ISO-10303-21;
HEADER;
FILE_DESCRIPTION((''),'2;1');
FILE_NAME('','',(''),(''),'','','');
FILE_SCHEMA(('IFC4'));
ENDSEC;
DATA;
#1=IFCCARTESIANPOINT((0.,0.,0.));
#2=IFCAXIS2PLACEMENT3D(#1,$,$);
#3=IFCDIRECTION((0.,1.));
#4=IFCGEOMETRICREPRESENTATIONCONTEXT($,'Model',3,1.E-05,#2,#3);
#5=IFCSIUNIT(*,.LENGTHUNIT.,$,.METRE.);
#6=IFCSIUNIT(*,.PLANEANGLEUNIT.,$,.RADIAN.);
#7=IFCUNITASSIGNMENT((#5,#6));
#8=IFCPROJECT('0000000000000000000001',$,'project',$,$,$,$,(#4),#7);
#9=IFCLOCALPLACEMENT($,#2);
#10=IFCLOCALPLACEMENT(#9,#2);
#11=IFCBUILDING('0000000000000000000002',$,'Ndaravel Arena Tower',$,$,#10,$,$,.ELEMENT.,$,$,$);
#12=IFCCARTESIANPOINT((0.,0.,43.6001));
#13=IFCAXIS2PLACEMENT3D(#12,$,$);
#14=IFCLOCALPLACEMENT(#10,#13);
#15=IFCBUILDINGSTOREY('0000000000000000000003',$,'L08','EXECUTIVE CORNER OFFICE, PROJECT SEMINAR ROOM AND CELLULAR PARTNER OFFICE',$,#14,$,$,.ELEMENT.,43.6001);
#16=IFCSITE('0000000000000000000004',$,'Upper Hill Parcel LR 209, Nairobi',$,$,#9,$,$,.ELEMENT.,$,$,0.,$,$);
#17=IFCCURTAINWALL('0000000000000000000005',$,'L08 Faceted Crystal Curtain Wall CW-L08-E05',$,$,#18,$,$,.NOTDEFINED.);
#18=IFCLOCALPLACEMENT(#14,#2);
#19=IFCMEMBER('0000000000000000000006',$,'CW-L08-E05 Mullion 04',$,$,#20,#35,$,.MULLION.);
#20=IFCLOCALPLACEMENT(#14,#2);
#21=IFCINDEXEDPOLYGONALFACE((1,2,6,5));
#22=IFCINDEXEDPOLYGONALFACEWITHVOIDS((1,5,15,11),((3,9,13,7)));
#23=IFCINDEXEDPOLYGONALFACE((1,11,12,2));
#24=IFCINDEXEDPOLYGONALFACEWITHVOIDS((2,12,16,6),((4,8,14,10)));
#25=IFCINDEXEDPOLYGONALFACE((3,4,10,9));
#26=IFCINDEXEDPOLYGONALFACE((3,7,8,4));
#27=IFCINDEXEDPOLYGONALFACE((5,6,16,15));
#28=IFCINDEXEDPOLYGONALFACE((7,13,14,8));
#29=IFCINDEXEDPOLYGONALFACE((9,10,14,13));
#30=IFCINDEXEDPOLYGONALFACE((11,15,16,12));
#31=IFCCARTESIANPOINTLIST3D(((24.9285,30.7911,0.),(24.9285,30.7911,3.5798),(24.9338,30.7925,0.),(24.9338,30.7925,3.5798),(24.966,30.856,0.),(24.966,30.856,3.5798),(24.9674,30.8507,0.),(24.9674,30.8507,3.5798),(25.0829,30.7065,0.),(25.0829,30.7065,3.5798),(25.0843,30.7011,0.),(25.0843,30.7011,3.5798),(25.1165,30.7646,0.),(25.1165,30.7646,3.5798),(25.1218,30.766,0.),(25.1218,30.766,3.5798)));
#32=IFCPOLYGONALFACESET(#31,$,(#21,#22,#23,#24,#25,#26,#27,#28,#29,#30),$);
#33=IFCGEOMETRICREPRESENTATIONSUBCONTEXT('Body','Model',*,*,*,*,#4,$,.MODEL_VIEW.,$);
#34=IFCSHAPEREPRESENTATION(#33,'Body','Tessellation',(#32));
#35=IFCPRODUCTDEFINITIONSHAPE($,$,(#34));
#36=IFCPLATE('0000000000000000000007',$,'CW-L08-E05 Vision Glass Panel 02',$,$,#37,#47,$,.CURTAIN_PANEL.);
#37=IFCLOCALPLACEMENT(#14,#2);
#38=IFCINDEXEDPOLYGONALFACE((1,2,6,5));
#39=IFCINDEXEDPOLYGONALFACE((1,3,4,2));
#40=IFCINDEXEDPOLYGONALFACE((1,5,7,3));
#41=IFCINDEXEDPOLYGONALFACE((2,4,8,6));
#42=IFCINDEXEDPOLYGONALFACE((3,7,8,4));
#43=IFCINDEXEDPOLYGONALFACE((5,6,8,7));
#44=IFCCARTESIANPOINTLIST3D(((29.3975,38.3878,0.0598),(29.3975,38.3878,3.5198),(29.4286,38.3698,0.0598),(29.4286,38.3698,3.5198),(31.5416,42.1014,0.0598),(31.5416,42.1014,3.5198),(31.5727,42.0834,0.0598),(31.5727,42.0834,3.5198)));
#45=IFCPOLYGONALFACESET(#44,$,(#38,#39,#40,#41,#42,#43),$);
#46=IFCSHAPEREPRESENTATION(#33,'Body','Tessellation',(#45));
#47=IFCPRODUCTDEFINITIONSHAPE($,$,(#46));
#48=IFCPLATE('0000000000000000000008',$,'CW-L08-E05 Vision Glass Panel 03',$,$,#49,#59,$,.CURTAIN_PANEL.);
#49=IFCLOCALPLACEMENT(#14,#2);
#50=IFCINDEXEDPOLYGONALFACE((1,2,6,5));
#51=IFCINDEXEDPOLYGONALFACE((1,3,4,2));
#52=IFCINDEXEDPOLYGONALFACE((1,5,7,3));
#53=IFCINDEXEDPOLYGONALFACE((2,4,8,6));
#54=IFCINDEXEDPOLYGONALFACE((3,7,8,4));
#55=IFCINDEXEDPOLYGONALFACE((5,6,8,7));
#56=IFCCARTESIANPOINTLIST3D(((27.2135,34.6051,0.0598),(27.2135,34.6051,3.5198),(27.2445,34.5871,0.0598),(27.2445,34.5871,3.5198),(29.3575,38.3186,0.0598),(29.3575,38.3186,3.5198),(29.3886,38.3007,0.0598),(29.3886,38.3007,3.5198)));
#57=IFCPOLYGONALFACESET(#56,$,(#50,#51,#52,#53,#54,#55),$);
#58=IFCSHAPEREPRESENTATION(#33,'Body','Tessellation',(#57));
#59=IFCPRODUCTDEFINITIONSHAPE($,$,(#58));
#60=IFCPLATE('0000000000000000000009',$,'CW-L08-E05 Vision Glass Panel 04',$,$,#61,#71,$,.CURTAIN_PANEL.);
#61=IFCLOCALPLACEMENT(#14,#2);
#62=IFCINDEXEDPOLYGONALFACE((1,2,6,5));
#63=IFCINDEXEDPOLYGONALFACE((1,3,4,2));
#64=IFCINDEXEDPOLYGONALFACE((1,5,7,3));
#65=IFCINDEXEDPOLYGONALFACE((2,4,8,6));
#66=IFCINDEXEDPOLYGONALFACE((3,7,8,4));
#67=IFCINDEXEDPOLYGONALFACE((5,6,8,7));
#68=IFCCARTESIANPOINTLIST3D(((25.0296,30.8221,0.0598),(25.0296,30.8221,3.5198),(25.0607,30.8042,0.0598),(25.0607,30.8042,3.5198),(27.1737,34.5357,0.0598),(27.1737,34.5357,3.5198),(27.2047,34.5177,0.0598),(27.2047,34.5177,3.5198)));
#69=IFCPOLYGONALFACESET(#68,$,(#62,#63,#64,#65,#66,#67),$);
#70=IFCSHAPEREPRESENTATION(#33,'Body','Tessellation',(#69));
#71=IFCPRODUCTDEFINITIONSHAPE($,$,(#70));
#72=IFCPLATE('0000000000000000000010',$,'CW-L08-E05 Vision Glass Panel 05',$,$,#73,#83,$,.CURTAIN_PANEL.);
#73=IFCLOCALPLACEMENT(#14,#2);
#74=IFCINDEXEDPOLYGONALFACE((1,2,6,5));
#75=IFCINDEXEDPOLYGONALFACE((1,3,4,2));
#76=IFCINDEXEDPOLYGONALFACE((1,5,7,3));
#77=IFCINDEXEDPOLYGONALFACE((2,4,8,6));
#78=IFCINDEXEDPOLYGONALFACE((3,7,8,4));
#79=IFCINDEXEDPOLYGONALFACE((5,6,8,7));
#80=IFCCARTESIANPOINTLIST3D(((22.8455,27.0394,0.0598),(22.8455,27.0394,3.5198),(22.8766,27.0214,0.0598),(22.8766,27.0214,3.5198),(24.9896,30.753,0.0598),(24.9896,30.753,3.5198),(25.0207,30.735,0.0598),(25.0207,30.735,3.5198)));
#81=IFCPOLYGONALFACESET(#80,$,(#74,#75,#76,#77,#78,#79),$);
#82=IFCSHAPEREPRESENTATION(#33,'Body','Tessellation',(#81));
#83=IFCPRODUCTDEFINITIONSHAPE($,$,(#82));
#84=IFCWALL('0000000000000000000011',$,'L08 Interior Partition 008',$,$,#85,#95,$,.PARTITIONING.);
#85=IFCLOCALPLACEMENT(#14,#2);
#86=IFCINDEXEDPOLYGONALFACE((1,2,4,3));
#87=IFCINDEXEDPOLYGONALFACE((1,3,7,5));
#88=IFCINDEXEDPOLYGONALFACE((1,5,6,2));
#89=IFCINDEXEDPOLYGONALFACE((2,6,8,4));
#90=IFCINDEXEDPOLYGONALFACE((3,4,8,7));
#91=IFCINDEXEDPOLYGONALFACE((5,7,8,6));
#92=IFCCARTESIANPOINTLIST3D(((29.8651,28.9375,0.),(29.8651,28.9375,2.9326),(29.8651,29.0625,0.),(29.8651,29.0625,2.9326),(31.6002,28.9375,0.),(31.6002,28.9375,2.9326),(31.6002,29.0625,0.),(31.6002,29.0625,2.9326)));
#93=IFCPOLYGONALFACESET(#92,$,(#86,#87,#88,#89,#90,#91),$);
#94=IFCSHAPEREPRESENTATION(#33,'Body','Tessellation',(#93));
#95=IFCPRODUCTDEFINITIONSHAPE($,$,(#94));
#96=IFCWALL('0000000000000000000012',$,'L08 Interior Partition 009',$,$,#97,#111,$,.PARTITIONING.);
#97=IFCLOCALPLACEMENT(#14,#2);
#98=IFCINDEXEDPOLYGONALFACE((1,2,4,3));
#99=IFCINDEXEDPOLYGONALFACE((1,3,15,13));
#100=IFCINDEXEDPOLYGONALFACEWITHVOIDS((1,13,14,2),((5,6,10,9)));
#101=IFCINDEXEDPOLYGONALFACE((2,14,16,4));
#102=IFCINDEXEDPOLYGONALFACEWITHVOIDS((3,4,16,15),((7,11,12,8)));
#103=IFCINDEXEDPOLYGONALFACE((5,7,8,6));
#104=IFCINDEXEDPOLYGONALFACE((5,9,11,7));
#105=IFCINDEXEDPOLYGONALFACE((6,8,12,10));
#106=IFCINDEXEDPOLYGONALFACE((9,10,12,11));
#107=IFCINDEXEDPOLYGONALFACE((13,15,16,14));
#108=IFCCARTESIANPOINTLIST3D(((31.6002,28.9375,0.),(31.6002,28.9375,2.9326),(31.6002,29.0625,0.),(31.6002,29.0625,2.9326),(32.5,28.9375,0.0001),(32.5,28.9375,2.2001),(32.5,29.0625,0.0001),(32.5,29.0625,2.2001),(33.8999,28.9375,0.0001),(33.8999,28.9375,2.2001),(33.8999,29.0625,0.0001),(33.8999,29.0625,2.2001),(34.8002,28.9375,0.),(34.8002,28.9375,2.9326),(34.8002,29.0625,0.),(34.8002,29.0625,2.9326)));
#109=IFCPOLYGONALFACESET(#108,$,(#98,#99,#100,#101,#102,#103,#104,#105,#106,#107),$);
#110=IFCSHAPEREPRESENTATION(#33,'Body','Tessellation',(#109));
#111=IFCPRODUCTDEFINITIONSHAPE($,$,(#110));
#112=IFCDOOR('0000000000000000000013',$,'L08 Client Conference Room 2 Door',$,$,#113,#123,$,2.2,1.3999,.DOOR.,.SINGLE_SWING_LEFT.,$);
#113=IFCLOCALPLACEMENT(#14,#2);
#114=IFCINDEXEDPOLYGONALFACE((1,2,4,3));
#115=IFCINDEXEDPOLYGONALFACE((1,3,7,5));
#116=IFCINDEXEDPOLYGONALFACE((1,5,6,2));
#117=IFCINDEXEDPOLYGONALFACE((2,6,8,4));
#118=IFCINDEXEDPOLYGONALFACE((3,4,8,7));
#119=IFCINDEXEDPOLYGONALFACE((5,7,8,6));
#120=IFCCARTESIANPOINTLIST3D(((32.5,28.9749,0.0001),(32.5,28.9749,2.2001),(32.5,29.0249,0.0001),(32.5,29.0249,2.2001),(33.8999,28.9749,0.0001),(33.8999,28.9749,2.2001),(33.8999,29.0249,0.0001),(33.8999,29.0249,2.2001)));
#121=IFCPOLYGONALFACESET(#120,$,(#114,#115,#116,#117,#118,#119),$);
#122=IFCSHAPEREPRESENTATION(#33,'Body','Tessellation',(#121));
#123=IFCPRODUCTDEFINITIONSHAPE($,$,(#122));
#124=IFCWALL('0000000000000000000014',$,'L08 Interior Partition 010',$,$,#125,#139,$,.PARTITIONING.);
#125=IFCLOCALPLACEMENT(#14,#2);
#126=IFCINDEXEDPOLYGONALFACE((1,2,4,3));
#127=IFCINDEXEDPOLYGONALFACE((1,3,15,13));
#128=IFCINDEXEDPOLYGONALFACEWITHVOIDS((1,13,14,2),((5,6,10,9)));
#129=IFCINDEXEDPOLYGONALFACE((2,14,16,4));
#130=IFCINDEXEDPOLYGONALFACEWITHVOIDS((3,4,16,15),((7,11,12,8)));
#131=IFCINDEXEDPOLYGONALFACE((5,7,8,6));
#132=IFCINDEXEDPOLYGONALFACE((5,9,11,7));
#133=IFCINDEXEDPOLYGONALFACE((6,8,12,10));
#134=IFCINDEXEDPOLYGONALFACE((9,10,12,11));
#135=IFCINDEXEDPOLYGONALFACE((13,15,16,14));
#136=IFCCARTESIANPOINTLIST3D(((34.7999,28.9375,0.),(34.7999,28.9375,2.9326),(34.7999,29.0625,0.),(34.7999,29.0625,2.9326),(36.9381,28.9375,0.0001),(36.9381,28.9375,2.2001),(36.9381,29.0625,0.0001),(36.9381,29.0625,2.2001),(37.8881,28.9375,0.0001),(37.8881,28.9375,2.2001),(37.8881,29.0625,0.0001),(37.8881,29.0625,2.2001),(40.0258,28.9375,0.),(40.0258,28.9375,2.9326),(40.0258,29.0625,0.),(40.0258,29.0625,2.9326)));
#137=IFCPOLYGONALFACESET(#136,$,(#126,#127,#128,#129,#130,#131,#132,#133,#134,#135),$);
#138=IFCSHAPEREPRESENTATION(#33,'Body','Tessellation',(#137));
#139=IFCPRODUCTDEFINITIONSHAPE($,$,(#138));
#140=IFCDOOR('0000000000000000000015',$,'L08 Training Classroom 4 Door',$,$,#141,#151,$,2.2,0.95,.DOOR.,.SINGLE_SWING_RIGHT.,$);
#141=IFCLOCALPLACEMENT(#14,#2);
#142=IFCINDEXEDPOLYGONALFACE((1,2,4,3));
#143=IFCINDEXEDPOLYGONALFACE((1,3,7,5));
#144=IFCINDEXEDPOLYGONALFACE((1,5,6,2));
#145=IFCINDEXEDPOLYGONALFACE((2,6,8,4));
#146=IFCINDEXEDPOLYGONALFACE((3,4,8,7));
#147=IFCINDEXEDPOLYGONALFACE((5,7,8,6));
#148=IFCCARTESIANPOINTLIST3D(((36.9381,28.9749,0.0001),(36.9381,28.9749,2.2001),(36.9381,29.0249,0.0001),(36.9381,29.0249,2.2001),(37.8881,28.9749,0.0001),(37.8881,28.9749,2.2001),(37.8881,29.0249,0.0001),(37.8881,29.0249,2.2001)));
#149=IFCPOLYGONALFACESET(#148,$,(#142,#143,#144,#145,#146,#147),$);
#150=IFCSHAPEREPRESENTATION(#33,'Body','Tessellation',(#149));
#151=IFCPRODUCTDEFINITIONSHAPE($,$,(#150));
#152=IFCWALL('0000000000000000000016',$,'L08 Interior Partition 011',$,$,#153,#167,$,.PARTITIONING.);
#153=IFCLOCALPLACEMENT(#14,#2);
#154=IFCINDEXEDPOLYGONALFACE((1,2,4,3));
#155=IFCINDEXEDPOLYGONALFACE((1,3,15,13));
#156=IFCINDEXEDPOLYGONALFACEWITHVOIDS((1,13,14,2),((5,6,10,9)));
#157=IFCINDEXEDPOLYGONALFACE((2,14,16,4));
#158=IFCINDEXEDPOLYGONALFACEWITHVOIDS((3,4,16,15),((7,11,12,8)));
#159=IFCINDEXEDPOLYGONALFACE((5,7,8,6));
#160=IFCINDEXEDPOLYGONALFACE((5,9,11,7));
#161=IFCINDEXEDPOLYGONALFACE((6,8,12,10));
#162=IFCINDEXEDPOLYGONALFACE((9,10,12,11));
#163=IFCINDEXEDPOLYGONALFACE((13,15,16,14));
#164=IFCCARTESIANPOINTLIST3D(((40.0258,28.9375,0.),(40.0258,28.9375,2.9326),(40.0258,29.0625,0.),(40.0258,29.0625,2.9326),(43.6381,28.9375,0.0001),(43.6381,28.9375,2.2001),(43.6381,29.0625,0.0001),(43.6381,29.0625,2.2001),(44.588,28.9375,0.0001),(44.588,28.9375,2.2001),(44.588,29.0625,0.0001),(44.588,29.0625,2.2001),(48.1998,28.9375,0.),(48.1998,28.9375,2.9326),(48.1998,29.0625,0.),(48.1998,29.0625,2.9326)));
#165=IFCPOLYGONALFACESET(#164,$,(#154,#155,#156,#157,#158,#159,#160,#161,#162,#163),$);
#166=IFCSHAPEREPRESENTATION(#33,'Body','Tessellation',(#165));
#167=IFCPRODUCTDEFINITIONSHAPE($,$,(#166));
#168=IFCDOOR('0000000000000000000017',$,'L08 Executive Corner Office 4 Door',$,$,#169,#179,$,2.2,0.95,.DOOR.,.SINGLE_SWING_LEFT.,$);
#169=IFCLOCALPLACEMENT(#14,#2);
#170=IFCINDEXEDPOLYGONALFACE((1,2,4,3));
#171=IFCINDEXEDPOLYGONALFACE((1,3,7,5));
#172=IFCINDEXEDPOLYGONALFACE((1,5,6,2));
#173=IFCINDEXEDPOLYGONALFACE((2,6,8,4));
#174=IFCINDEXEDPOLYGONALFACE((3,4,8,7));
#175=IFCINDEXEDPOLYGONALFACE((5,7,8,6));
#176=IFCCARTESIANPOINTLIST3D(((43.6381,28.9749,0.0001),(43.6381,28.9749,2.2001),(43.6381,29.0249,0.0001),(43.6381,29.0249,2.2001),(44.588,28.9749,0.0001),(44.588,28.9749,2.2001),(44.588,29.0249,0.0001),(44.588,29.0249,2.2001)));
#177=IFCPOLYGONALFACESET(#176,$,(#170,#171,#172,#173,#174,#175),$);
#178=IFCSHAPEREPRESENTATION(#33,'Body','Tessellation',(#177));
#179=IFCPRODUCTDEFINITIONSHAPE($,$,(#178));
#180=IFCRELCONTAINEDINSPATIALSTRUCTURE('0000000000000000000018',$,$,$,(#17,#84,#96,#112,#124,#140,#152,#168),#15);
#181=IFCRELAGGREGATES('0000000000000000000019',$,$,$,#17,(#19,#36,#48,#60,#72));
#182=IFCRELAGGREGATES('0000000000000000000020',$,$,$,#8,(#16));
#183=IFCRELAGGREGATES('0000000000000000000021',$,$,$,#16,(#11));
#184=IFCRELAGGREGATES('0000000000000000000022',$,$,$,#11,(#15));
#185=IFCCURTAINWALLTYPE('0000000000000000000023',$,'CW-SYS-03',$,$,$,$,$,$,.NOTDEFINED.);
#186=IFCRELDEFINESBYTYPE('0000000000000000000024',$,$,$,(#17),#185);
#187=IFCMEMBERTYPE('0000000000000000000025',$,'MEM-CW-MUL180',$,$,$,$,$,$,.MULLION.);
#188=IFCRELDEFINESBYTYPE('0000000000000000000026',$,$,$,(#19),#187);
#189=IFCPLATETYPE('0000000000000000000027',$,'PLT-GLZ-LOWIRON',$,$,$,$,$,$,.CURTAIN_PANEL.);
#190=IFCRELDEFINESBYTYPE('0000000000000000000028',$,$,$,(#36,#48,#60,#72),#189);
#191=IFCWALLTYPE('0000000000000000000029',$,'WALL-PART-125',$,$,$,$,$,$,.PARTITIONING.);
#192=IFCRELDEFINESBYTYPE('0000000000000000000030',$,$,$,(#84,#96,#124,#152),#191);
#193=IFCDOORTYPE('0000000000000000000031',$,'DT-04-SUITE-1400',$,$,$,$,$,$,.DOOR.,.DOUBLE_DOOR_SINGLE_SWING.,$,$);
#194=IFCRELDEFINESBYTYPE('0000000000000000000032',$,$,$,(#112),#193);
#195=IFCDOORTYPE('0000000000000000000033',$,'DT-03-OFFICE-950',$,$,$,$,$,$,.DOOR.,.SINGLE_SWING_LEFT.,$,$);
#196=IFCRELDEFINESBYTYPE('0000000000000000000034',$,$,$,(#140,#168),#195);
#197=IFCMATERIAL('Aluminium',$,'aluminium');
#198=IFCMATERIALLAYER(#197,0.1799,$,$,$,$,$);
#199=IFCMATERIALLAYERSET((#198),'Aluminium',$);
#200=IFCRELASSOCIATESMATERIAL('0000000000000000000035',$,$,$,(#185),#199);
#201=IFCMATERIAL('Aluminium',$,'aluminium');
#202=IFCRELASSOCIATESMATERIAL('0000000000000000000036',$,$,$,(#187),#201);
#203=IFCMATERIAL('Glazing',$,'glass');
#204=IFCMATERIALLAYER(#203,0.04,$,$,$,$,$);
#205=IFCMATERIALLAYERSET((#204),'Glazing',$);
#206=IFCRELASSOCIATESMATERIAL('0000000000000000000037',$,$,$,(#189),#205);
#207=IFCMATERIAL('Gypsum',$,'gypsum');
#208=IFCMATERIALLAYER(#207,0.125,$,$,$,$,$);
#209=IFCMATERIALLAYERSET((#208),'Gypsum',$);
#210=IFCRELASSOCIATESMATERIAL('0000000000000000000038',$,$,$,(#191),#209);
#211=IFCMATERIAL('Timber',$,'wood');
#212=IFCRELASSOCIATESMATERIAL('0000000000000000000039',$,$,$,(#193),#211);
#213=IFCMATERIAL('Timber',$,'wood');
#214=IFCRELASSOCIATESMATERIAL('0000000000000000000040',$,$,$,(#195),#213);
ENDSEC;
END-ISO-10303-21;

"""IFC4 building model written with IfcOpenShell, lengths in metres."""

from ifc_helpers import new_model, si_unit, direction, frame, frame_2d, origin, origin_2d, place, context, subcontext, project, spatial, rectangle, hollow_rectangle, extrude, material, layer, layer_set, material_profile, profile_set, type_object, element, fill, aggregate, save


model = new_model("IFC4")

# Units and contexts
model_context = context("Model", 3, precision=1e-05, world=origin(), true_north=direction((0.0, 1.0)))
body_context = subcontext(model_context, "Body", "Model", "MODEL_VIEW")
ifc_project = project(units=[si_unit("LENGTHUNIT", "METRE"), si_unit("PLANEANGLEUNIT", "RADIAN")], contexts=[model_context])

# Site, building, storey
site_placement = place(None, origin())
site = spatial("IfcSite", under=ifc_project, at=site_placement, Name="Upper Hill Parcel LR 209, Nairobi", CompositionType="ELEMENT", RefElevation=0.0)
building_placement = place(site_placement, origin())
building = spatial("IfcBuilding", under=site, at=building_placement, Name="Ndaravel Arena Tower", CompositionType="ELEMENT")
storey_placement = place(building_placement, frame((0.0, 0.0, 43.6001)))
storey = spatial("IfcBuildingStorey", under=building, at=storey_placement, Name="L08", Description="EXECUTIVE CORNER OFFICE, PROJECT SEMINAR ROOM AND CELLULAR PARTNER OFFICE", CompositionType="ELEMENT", Elevation=43.6001)

# Curtain wall, member, plates
ifc_material_1 = material(Name="Aluminium", Category="aluminium")
ifc_layer_1 = layer(ifc_material_1, 0.1799)
ifc_layer_set_1 = layer_set([ifc_layer_1], Name="Aluminium")
curtain_wall_type = type_object("IfcCurtainWallType", Name="CW-SYS-03", PredefinedType="NOTDEFINED", material=ifc_layer_set_1)
curtain_wall_placement = place(storey_placement, origin())
curtain_wall = element("IfcCurtainWall", 1, at=curtain_wall_placement, inside=storey, type_object=curtain_wall_type, Name="L08 Faceted Crystal Curtain Wall CW-L08-E05", PredefinedType="NOTDEFINED")
ifc_material_2 = material(Name="Aluminium", Category="aluminium")
ifc_material_profile_1 = material_profile(ifc_material_2, hollow_rectangle(XDim=0.075, YDim=0.1799, WallThickness=0.0039, at=origin_2d()), Name="CW MULLION 75x180x4")
ifc_profile_set_1 = profile_set([ifc_material_profile_1], Name="Aluminium")
member_type = type_object("IfcMemberType", Name="MEM-CW-MUL180", PredefinedType="MULLION", material=ifc_profile_set_1)
member_1_placement = place(storey_placement, frame((25.0251, 30.7786, 0.0), z_axis=(0.0, 0.0, 1.0), x_axis=(-0.5, -0.866025, 0.0)))
member_1 = element("IfcMember", 2, at=member_1_placement, type_object=member_type, Name="CW-L08-E05 Mullion 04", PredefinedType="MULLION", context=body_context, shape_type="SweptSolid", body=[
    extrude(hollow_rectangle(XDim=0.075, YDim=0.1799, WallThickness=0.0039, at=origin_2d()), origin(), (0.0, 0.0, 1.0), 3.5798),
])
ifc_material_3 = material(Name="Glazing", Category="glass")
ifc_layer_2 = layer(ifc_material_3, 0.04)
ifc_layer_set_2 = layer_set([ifc_layer_2], Name="Glazing")
plate_type = type_object("IfcPlateType", Name="PLT-GLZ-LOWIRON", PredefinedType="CURTAIN_PANEL", material=ifc_layer_set_2)
plate_1_placement = place(storey_placement, frame((30.4851, 40.2356, 0.0598), z_axis=(0.0, 0.0, 1.0), x_axis=(-0.5, -0.866025, 0.0)))
plate_1 = element("IfcPlate", 3, at=plate_1_placement, type_object=plate_type, Name="CW-L08-E05 Vision Glass Panel 02", PredefinedType="CURTAIN_PANEL", context=body_context, shape_type="SweptSolid", body=[
    extrude(rectangle(XDim=4.2881, YDim=0.0359, at=origin_2d()), origin(), (0.0, 0.0, 1.0), 3.46),
])
plate_2_placement = place(storey_placement, frame((28.301, 36.4529, 0.0598), z_axis=(0.0, 0.0, 1.0), x_axis=(-0.5, -0.866025, 0.0)))
plate_2 = element("IfcPlate", 4, at=plate_2_placement, type_object=plate_type, Name="CW-L08-E05 Vision Glass Panel 03", PredefinedType="CURTAIN_PANEL", context=body_context, shape_type="SweptSolid", body=[
    extrude(rectangle(XDim=4.2881, YDim=0.0359, at=origin_2d()), origin(), (0.0, 0.0, 1.0), 3.46),
])
plate_3_placement = place(storey_placement, frame((26.1172, 32.6699, 0.0598), z_axis=(0.0, 0.0, 1.0), x_axis=(-0.5, -0.866025, 0.0)))
plate_3 = element("IfcPlate", 5, at=plate_3_placement, type_object=plate_type, Name="CW-L08-E05 Vision Glass Panel 04", PredefinedType="CURTAIN_PANEL", context=body_context, shape_type="SweptSolid", body=[
    extrude(rectangle(XDim=4.2881, YDim=0.0359, at=origin_2d()), origin(), (0.0, 0.0, 1.0), 3.46),
])
plate_4_placement = place(storey_placement, frame((23.9331, 28.8872, 0.0598), z_axis=(0.0, 0.0, 1.0), x_axis=(-0.5, -0.866025, 0.0)))
plate_4 = element("IfcPlate", 6, at=plate_4_placement, type_object=plate_type, Name="CW-L08-E05 Vision Glass Panel 05", PredefinedType="CURTAIN_PANEL", context=body_context, shape_type="SweptSolid", body=[
    extrude(rectangle(XDim=4.2881, YDim=0.0359, at=origin_2d()), origin(), (0.0, 0.0, 1.0), 3.46),
])
aggregate(curtain_wall, [member_1, plate_1, plate_2, plate_3, plate_4])

# Wall
ifc_material_4 = material(Name="Gypsum", Category="gypsum")
ifc_layer_3 = layer(ifc_material_4, 0.125)
ifc_layer_set_3 = layer_set([ifc_layer_3], Name="Gypsum")
wall_type_1 = type_object("IfcWallType", Name="WALL-PART-125", PredefinedType="PARTITIONING", material=ifc_layer_set_3)
wall_1_placement = place(storey_placement, frame((29.865, 29.0, 0.0), z_axis=(0.0, 0.0, 1.0), x_axis=(1.0, 0.0, 0.0)))
element("IfcWall", 7, at=wall_1_placement, inside=storey, type_object=wall_type_1, Name="L08 Interior Partition 008", PredefinedType="PARTITIONING", context=body_context, shape_type="SweptSolid", body=[
    extrude(rectangle(XDim=1.7351, YDim=0.125, at=frame_2d((0.8677, 0.0))), origin(), (0.0, 0.0, 1.0), 2.9326),
])

# Walls, openings, doors
wall_2_placement = place(storey_placement, frame((31.6001, 29.0, 0.0), z_axis=(0.0, 0.0, 1.0), x_axis=(1.0, 0.0, 0.0)))
wall_2 = element("IfcWall", 8, at=wall_2_placement, inside=storey, type_object=wall_type_1, Name="L08 Interior Partition 009", PredefinedType="PARTITIONING", context=body_context, shape_type="SweptSolid", body=[
    extrude(rectangle(XDim=3.2, YDim=0.125, at=frame_2d((1.6001, 0.0))), origin(), (0.0, 0.0, 1.0), 2.9326),
])
opening_1_placement = place(wall_2_placement, frame((0.8999, 0.0, 0.0)))
opening_1 = element("IfcOpeningElement", 9, at=opening_1_placement, cuts=wall_2, PredefinedType="OPENING", context=body_context, shape_type="SweptSolid", body=[
    extrude(rectangle(XDim=1.3999, YDim=2.2, at=frame_2d((0.7, 1.1001))), frame((0.0, 0.0625, 0.0), z_axis=(0.0, -1.0, 0.0), x_axis=(1.0, 0.0, 0.0)), (0.0, 0.0, 1.0), 0.125),
])
ifc_material_5 = material(Name="Timber", Category="wood")
door_type_1 = type_object("IfcDoorType", Name="DT-04-SUITE-1400", OperationType="DOUBLE_DOOR_SINGLE_SWING", PredefinedType="DOOR", material=ifc_material_5)
door_1_placement = place(opening_1_placement, origin())
door_1 = element("IfcDoor", 10, at=door_1_placement, inside=storey, type_object=door_type_1, Name="L08 Client Conference Room 2 Door", OperationType="SINGLE_SWING_LEFT", OverallHeight=2.2, OverallWidth=1.3999, PredefinedType="DOOR", context=body_context, shape_type="SweptSolid", body=[
    extrude(rectangle(XDim=1.3999, YDim=2.2, at=frame_2d((0.7, 1.1001))), frame((0.0, 0.0249, 0.0), z_axis=(0.0, -1.0, 0.0), x_axis=(1.0, 0.0, 0.0)), (0.0, 0.0, 1.0), 0.05),
])
fill(opening_1, door_1)
wall_3_placement = place(storey_placement, frame((34.8, 29.0, 0.0), z_axis=(0.0, 0.0, 1.0), x_axis=(1.0, 0.0, 0.0)))
wall_3 = element("IfcWall", 11, at=wall_3_placement, inside=storey, type_object=wall_type_1, Name="L08 Interior Partition 010", PredefinedType="PARTITIONING", context=body_context, shape_type="SweptSolid", body=[
    extrude(rectangle(XDim=5.2258, YDim=0.125, at=frame_2d((2.6128, 0.0))), origin(), (0.0, 0.0, 1.0), 2.9326),
])
opening_2_placement = place(wall_3_placement, frame((2.1379, 0.0, 0.0)))
opening_2 = element("IfcOpeningElement", 12, at=opening_2_placement, cuts=wall_3, PredefinedType="OPENING", context=body_context, shape_type="SweptSolid", body=[
    extrude(rectangle(XDim=0.95, YDim=2.2, at=frame_2d((0.4751, 1.1001))), frame((0.0, 0.0625, 0.0), z_axis=(0.0, -1.0, 0.0), x_axis=(1.0, 0.0, 0.0)), (0.0, 0.0, 1.0), 0.125),
])
ifc_material_6 = material(Name="Timber", Category="wood")
door_type_2 = type_object("IfcDoorType", Name="DT-03-OFFICE-950", OperationType="SINGLE_SWING_LEFT", PredefinedType="DOOR", material=ifc_material_6)
door_2_placement = place(opening_2_placement, origin())
door_2 = element("IfcDoor", 13, at=door_2_placement, inside=storey, type_object=door_type_2, Name="L08 Training Classroom 4 Door", OperationType="SINGLE_SWING_RIGHT", OverallHeight=2.2, OverallWidth=0.95, PredefinedType="DOOR", context=body_context, shape_type="SweptSolid", body=[
    extrude(rectangle(XDim=0.95, YDim=2.2, at=frame_2d((0.4751, 1.1001))), frame((0.0, 0.0249, 0.0), z_axis=(0.0, -1.0, 0.0), x_axis=(1.0, 0.0, 0.0)), (0.0, 0.0, 1.0), 0.05),
])
fill(opening_2, door_2)
wall_4_placement = place(storey_placement, frame((40.0259, 29.0, 0.0), z_axis=(0.0, 0.0, 1.0), x_axis=(1.0, 0.0, 0.0)))
wall_4 = element("IfcWall", 14, at=wall_4_placement, inside=storey, type_object=wall_type_1, Name="L08 Interior Partition 011", PredefinedType="PARTITIONING", context=body_context, shape_type="SweptSolid", body=[
    extrude(rectangle(XDim=8.1741, YDim=0.125, at=frame_2d((4.0869, 0.0))), origin(), (0.0, 0.0, 1.0), 2.9326),
])
opening_3_placement = place(wall_4_placement, frame((3.6121, 0.0, 0.0)))
opening_3 = element("IfcOpeningElement", 15, at=opening_3_placement, cuts=wall_4, PredefinedType="OPENING", context=body_context, shape_type="SweptSolid", body=[
    extrude(rectangle(XDim=0.95, YDim=2.2, at=frame_2d((0.4751, 1.1001))), frame((0.0, 0.0625, 0.0), z_axis=(0.0, -1.0, 0.0), x_axis=(1.0, 0.0, 0.0)), (0.0, 0.0, 1.0), 0.125),
])
door_3_placement = place(opening_3_placement, origin())
door_3 = element("IfcDoor", 16, at=door_3_placement, inside=storey, type_object=door_type_2, Name="L08 Executive Corner Office 4 Door", OperationType="SINGLE_SWING_LEFT", OverallHeight=2.2, OverallWidth=0.95, PredefinedType="DOOR", context=body_context, shape_type="SweptSolid", body=[
    extrude(rectangle(XDim=0.95, YDim=2.2, at=frame_2d((0.4751, 1.1001))), frame((0.0, 0.0249, 0.0), z_axis=(0.0, -1.0, 0.0), x_axis=(1.0, 0.0, 0.0)), (0.0, 0.0, 1.0), 0.05),
])
fill(opening_3, door_3)

save(model, "model.ifc")
